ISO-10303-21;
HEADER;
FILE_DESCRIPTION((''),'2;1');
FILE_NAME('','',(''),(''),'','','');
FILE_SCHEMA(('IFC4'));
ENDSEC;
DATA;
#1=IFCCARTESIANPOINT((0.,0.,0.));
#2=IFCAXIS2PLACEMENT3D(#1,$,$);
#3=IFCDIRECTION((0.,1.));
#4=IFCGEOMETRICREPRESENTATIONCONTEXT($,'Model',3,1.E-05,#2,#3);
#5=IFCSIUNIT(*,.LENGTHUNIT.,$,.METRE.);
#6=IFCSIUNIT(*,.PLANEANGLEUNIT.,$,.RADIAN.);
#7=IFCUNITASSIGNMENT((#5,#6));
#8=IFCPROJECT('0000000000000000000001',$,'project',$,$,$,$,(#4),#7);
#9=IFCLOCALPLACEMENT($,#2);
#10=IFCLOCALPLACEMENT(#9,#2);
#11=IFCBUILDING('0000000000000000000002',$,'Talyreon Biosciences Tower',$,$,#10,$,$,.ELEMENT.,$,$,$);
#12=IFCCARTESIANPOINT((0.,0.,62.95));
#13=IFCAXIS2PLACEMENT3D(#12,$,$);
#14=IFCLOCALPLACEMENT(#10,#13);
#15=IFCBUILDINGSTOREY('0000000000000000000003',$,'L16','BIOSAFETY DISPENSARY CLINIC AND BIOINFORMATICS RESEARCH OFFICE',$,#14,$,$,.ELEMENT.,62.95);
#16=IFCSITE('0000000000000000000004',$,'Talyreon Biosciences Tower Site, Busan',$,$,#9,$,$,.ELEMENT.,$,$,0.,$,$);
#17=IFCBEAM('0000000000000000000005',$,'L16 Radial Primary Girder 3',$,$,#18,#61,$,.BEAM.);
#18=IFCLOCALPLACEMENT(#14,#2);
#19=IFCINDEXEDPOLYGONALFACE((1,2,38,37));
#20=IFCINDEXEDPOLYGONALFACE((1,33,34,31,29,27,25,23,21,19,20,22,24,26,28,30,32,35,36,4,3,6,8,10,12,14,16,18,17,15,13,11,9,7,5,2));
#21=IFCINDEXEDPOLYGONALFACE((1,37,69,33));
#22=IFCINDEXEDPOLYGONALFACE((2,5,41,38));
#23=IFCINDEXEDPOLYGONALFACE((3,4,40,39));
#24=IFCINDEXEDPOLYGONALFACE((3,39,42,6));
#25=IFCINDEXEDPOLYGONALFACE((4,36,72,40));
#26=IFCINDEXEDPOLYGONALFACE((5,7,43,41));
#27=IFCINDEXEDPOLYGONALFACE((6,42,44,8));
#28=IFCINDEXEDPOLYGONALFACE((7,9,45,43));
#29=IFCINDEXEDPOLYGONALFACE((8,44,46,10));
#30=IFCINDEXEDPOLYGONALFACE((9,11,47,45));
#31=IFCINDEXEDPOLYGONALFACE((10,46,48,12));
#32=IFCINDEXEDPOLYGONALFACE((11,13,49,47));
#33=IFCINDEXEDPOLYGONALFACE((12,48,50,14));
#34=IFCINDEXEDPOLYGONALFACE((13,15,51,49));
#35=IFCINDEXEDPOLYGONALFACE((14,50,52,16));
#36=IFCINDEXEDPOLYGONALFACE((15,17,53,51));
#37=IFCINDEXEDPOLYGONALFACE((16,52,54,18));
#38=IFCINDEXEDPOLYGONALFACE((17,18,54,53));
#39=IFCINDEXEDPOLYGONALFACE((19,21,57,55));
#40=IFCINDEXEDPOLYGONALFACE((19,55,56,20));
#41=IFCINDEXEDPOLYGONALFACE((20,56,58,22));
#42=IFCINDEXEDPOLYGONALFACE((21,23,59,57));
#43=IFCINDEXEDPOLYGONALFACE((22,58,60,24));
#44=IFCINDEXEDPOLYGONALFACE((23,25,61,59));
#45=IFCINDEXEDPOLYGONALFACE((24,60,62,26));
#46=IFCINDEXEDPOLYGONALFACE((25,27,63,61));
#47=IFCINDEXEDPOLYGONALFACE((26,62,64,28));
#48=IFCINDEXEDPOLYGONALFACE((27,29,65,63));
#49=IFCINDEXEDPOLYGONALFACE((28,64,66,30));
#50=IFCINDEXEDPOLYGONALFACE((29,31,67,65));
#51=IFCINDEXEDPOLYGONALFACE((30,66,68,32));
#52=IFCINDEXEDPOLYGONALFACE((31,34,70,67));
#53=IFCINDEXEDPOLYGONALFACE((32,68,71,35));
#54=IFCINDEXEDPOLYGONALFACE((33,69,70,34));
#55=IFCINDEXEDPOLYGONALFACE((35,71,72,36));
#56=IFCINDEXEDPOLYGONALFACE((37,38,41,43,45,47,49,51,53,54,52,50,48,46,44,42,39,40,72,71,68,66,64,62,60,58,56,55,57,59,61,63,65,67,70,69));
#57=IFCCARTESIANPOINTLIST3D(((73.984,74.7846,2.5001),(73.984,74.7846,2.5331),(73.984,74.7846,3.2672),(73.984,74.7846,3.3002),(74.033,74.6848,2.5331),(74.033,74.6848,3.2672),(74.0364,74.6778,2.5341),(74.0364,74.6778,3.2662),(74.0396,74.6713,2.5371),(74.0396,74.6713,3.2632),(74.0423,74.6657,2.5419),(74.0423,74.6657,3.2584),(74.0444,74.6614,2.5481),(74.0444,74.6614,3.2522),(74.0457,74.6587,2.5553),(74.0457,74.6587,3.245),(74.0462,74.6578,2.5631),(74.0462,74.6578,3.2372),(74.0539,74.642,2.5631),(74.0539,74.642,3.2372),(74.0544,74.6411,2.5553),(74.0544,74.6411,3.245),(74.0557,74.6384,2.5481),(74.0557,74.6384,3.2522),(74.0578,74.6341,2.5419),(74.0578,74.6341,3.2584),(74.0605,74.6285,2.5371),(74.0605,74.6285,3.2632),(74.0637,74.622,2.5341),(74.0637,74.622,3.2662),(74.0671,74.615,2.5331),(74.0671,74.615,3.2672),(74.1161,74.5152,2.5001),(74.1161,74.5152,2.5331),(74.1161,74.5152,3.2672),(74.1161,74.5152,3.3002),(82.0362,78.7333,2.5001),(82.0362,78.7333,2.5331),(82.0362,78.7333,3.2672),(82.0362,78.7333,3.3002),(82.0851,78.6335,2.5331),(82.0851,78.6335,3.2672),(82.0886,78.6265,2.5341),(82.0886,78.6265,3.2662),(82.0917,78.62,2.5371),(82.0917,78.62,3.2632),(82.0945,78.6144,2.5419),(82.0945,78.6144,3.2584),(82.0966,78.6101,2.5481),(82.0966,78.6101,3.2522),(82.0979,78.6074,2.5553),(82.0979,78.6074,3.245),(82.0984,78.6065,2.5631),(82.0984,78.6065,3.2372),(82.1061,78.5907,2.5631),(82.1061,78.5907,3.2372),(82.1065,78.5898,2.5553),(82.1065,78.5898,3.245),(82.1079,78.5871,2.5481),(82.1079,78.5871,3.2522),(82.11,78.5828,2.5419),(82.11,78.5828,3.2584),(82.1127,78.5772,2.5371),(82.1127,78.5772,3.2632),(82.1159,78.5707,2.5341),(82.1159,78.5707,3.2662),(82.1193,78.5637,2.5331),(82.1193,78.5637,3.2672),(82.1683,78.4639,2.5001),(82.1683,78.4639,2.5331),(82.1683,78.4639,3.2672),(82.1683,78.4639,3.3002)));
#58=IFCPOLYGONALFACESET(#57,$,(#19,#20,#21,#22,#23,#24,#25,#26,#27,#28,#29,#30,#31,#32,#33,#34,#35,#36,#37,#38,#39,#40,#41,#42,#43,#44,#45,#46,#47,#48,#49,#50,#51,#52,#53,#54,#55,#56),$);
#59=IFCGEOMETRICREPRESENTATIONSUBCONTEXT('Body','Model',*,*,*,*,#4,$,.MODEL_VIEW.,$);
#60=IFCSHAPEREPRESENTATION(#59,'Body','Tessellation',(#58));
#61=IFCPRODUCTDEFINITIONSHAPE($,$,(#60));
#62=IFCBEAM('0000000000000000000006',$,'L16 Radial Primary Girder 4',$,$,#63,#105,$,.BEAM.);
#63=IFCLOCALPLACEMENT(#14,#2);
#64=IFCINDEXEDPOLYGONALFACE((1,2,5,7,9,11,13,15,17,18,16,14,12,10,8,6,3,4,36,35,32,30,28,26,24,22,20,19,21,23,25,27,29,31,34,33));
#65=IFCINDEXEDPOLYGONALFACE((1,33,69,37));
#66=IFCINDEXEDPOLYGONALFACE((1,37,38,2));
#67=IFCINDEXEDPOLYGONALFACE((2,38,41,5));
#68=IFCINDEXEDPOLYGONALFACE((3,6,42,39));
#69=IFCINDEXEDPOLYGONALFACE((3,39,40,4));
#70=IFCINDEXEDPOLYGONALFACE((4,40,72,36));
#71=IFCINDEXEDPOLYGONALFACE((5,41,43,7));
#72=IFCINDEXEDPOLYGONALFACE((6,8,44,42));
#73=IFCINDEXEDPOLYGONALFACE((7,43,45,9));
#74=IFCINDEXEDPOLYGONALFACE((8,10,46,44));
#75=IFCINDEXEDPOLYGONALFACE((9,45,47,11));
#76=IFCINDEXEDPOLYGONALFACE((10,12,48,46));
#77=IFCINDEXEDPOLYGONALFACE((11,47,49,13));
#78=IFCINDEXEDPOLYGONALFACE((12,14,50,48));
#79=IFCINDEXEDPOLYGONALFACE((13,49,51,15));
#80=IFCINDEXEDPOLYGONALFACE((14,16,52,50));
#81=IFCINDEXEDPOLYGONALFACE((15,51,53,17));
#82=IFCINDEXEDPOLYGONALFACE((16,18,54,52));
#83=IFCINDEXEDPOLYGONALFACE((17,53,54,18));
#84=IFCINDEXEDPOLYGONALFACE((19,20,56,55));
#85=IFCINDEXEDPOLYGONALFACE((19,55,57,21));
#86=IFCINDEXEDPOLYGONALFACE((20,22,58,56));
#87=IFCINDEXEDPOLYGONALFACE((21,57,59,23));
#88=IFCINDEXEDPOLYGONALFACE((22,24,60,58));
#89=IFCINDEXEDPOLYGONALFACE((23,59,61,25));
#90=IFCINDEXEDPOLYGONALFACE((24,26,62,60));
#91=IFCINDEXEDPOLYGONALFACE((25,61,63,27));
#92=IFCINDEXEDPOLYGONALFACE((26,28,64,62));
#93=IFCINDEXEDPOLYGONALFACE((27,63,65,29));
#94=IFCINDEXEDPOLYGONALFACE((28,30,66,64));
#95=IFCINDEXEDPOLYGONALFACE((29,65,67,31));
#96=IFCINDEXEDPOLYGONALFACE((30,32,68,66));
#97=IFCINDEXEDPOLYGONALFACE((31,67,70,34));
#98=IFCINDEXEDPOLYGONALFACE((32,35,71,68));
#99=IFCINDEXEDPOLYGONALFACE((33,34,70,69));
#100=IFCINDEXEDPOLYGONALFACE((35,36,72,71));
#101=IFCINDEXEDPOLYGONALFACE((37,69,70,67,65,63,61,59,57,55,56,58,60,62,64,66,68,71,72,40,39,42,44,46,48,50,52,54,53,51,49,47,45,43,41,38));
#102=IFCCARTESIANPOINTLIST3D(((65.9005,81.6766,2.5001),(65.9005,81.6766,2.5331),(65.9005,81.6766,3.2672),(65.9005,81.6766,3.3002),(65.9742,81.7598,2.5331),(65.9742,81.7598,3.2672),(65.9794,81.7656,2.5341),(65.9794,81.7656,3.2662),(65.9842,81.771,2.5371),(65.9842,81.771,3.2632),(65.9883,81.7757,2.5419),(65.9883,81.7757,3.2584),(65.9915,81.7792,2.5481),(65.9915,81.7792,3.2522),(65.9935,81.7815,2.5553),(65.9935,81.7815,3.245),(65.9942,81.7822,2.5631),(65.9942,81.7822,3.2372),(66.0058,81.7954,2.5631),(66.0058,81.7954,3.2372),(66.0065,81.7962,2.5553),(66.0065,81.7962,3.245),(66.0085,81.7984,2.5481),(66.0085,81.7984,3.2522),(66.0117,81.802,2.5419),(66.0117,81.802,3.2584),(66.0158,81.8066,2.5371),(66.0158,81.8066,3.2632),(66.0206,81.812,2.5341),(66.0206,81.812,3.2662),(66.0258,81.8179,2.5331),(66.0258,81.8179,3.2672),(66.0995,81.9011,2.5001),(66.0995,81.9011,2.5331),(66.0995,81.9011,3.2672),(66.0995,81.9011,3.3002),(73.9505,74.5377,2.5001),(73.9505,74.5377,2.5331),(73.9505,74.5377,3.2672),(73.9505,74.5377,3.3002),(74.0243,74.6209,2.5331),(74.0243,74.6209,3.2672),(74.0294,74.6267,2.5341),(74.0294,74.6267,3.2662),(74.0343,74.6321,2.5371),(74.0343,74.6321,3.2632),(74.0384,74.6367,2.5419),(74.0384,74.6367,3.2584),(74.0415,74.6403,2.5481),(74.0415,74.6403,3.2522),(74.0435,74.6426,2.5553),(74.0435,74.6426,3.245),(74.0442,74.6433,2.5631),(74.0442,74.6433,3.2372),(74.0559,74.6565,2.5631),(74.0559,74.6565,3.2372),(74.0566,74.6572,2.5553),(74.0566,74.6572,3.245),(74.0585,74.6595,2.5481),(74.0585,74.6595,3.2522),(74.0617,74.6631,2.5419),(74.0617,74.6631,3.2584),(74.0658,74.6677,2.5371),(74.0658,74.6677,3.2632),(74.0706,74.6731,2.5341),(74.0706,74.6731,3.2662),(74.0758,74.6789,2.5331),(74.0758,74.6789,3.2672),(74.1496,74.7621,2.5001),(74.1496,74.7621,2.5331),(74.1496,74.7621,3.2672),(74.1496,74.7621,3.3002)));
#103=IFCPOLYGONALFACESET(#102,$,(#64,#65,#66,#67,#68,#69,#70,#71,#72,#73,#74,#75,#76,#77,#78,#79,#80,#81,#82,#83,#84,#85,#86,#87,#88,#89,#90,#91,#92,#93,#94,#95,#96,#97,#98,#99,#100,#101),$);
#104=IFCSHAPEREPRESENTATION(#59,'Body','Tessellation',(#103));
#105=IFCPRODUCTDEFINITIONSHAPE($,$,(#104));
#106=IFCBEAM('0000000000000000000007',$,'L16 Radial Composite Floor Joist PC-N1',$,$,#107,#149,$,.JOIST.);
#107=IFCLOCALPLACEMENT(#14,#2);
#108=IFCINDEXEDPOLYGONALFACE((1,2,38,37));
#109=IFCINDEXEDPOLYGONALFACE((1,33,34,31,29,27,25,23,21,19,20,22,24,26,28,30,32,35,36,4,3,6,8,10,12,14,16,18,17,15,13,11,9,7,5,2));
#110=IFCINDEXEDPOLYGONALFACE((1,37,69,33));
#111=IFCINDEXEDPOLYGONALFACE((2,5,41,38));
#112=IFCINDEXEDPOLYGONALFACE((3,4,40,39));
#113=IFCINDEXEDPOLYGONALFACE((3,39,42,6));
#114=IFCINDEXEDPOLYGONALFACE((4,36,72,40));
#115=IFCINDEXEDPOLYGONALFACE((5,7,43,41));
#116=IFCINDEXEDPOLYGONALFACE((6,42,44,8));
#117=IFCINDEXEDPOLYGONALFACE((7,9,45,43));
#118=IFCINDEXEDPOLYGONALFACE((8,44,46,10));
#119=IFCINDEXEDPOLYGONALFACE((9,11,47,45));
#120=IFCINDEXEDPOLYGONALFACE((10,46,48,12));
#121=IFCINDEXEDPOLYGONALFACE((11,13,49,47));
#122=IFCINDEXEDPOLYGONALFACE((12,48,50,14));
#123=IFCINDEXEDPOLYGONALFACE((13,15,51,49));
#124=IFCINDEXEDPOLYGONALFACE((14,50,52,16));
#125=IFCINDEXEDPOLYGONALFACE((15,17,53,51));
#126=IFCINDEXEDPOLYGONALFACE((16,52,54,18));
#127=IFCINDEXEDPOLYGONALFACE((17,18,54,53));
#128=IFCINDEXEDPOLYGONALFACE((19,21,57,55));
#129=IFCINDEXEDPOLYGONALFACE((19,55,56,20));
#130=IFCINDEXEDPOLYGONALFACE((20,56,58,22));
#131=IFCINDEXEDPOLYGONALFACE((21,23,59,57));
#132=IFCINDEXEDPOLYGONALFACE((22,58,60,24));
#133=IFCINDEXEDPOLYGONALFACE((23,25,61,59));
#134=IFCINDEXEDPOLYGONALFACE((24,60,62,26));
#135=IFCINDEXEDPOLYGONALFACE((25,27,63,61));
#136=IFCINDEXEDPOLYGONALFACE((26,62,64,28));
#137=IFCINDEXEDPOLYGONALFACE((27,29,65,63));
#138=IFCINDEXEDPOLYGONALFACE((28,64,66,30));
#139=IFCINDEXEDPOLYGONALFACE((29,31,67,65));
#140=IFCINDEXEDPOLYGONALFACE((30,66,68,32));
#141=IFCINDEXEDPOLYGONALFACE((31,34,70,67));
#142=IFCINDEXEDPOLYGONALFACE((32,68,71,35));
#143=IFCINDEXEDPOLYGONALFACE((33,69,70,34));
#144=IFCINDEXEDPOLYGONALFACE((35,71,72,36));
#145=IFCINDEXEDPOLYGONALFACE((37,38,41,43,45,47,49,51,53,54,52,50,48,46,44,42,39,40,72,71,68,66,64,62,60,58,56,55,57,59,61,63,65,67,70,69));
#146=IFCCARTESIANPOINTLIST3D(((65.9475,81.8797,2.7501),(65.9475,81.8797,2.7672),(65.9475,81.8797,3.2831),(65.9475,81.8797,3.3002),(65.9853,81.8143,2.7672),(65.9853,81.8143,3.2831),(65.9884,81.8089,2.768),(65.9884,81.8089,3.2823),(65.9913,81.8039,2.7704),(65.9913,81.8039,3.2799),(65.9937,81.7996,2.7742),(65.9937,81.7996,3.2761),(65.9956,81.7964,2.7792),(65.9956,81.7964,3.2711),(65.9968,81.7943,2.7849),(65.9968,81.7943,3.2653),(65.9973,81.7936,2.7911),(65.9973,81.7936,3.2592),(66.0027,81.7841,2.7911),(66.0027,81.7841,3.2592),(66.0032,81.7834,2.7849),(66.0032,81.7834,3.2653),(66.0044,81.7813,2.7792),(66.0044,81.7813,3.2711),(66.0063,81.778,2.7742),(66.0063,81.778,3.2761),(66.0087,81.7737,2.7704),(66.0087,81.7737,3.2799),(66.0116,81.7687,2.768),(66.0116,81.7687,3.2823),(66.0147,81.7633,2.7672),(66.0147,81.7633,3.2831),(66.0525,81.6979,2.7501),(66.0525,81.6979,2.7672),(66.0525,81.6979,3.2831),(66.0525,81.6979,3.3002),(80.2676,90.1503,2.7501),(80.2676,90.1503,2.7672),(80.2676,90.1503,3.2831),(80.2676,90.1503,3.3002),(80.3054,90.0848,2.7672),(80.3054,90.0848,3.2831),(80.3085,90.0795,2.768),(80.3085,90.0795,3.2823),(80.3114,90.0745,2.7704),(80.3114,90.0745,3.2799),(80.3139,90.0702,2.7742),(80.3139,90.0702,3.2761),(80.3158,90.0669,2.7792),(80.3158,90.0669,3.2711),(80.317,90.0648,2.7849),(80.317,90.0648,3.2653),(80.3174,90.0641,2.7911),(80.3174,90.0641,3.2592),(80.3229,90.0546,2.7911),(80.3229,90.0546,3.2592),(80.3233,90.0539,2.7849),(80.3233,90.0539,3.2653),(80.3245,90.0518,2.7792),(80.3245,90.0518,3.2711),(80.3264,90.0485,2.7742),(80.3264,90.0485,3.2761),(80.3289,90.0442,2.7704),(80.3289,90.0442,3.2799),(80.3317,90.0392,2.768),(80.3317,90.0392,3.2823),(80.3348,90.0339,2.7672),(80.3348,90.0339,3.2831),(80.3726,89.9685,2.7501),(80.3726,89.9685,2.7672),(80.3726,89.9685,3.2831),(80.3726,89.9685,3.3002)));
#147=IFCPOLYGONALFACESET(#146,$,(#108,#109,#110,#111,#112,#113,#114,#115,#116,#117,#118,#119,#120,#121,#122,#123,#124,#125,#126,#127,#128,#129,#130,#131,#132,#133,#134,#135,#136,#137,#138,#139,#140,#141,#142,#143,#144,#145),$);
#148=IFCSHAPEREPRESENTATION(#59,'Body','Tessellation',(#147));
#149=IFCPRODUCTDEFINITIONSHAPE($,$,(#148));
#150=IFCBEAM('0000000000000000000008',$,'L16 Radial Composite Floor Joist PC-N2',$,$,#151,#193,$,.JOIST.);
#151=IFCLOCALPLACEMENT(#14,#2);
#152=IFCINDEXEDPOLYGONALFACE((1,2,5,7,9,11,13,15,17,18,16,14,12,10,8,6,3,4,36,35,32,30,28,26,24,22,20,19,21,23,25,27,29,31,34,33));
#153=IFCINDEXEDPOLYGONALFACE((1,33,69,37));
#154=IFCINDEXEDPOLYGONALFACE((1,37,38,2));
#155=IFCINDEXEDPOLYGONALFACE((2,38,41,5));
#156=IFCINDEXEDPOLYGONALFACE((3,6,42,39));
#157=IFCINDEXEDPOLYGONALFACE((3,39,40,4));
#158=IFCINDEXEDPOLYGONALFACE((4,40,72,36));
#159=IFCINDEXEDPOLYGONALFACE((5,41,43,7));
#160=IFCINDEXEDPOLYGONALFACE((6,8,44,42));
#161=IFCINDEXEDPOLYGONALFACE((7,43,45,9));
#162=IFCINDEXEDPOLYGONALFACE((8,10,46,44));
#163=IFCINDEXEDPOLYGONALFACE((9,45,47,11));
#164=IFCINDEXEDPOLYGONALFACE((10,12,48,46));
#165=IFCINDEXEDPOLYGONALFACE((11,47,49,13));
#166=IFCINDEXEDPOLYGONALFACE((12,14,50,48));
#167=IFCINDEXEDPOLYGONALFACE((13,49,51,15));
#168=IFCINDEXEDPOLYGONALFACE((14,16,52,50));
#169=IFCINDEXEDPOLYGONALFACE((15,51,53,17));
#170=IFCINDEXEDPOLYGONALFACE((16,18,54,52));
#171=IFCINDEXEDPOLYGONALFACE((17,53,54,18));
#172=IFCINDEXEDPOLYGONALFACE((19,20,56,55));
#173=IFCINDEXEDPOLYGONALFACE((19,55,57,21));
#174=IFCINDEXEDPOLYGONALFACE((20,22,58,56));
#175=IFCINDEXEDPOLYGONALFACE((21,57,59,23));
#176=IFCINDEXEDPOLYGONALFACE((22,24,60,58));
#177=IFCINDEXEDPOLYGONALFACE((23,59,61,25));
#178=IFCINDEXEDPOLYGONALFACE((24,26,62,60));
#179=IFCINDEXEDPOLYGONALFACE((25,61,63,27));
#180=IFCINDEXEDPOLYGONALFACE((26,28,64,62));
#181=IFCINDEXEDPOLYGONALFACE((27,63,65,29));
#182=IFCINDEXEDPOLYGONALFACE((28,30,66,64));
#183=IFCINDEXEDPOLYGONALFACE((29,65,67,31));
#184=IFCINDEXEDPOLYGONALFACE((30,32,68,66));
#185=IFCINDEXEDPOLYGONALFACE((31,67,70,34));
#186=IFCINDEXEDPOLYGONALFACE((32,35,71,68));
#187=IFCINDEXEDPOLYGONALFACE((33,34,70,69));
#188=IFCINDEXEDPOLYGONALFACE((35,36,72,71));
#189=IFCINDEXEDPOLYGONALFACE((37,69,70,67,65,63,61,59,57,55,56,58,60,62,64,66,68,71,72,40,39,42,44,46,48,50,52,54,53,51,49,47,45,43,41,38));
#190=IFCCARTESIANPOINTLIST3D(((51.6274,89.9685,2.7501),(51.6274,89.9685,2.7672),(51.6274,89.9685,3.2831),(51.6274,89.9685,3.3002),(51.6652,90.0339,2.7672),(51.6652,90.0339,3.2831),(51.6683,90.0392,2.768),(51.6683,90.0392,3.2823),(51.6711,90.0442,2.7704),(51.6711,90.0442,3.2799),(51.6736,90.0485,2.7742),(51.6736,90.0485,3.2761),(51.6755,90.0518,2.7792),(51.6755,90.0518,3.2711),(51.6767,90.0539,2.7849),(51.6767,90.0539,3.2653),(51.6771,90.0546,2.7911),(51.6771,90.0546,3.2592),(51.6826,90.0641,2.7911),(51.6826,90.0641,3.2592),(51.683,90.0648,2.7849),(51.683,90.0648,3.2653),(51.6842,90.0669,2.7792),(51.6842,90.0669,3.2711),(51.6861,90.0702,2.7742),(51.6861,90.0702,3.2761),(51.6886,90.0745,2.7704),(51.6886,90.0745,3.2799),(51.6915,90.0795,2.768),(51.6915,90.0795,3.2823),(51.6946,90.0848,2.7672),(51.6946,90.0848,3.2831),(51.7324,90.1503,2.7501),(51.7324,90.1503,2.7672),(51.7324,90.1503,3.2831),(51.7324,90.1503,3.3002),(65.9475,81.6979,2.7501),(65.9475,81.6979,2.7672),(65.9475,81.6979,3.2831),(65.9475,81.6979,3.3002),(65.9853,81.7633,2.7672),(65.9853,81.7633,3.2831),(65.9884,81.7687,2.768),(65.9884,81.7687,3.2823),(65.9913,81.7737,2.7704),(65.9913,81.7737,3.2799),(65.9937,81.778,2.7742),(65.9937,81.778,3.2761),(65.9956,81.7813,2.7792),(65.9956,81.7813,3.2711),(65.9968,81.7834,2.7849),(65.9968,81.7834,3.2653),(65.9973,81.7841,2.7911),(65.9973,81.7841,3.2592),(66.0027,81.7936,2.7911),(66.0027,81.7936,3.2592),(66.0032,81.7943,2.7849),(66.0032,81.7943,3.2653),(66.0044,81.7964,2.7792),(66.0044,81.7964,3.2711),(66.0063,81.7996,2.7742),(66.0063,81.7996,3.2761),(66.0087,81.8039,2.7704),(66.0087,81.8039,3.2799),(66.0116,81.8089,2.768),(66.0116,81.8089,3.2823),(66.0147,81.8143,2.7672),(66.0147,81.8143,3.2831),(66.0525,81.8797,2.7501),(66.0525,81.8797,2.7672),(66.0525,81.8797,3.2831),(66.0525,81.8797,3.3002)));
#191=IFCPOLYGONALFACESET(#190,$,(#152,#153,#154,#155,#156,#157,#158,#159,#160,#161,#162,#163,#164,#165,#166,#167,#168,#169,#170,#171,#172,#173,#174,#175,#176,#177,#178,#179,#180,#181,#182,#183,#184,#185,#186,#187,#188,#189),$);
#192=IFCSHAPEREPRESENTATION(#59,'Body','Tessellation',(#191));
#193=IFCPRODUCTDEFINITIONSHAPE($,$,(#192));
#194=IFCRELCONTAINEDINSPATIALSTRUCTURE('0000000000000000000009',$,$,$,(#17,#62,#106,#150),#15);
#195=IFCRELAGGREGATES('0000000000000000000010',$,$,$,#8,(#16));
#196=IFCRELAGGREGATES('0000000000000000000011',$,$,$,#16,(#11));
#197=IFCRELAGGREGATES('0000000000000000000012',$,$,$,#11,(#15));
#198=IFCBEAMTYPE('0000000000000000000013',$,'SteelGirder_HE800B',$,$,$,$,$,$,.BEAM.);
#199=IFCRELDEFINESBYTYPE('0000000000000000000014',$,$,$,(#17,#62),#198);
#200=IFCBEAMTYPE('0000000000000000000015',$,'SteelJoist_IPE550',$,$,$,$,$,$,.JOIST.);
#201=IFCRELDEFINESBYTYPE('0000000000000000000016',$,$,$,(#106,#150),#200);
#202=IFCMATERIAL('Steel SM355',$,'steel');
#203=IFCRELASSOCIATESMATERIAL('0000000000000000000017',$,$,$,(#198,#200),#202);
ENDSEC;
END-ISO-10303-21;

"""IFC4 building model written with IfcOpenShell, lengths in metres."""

from ifc_helpers import new_model, si_unit, direction, frame, origin, origin_2d, place, context, subcontext, project, spatial, i_section, extrude, material, material_profile, profile_set, type_object, element, save


model = new_model("IFC4")

# Units and contexts
model_context = context("Model", 3, precision=1e-05, world=origin(), true_north=direction((0.0, 1.0)))
body_context = subcontext(model_context, "Body", "Model", "MODEL_VIEW")
ifc_project = project(units=[si_unit("LENGTHUNIT", "METRE"), si_unit("PLANEANGLEUNIT", "RADIAN")], contexts=[model_context])

# Site, building, storey
site_placement = place(None, origin())
site = spatial("IfcSite", under=ifc_project, at=site_placement, Name="Talyreon Biosciences Tower Site, Busan", CompositionType="ELEMENT", RefElevation=0.0)
building_placement = place(site_placement, origin())
building = spatial("IfcBuilding", under=site, at=building_placement, Name="Talyreon Biosciences Tower", CompositionType="ELEMENT")
storey_placement = place(building_placement, frame((0.0, 0.0, 62.95)))
storey = spatial("IfcBuildingStorey", under=building, at=storey_placement, Name="L16", Description="BIOSAFETY DISPENSARY CLINIC AND BIOINFORMATICS RESEARCH OFFICE", CompositionType="ELEMENT", Elevation=62.95)

# Beams
ifc_material_1 = material(Name="Steel SM355", Category="steel")
ifc_material_profile_1 = material_profile(ifc_material_1, i_section(OverallWidth=0.3, OverallDepth=0.8, WebThickness=0.0176, FlangeThickness=0.033, FilletRadius=0.03, at=origin_2d()), Name="HE800B")
ifc_profile_set_1 = profile_set([ifc_material_profile_1], Name="Steel SM355")
beam_type_1 = type_object("IfcBeamType", Name="SteelGirder_HE800B", PredefinedType="BEAM", material=ifc_profile_set_1)
beam_1_placement = place(storey_placement, frame((74.05, 74.6499, 2.9001), z_axis=(0.897852, 0.440297, 0.0), x_axis=(-0.440297, 0.897852, 0.0)))
element("IfcBeam", 1, at=beam_1_placement, inside=storey, type_object=beam_type_1, Name="L16 Radial Primary Girder 3", PredefinedType="BEAM", context=body_context, shape_type="SweptSolid", body=[
    extrude(i_section(OverallWidth=0.3, OverallDepth=0.8, WebThickness=0.0176, FlangeThickness=0.033, FilletRadius=0.03, at=origin_2d()), origin(), (0.0, 0.0, 1.0), 8.9683),
])
beam_2_placement = place(storey_placement, frame((74.05, 74.6499, 2.9001), z_axis=(-0.748179, 0.663497, 0.0), x_axis=(-0.663497, -0.748179, 0.0)))
element("IfcBeam", 2, at=beam_2_placement, inside=storey, type_object=beam_type_1, Name="L16 Radial Primary Girder 4", PredefinedType="BEAM", context=body_context, shape_type="SweptSolid", body=[
    extrude(i_section(OverallWidth=0.3, OverallDepth=0.8, WebThickness=0.0176, FlangeThickness=0.033, FilletRadius=0.03, at=origin_2d()), origin(), (0.0, 0.0, 1.0), 10.7595),
])
ifc_material_profile_2 = material_profile(ifc_material_1, i_section(OverallWidth=0.21, OverallDepth=0.55, WebThickness=0.011, FlangeThickness=0.0171, FilletRadius=0.0239, at=origin_2d()), Name="IPE550")
ifc_profile_set_2 = profile_set([ifc_material_profile_2], Name="Steel SM355")
beam_type_2 = type_object("IfcBeamType", Name="SteelJoist_IPE550", PredefinedType="JOIST", material=ifc_profile_set_2)
for number, where, z_axis, x_axis, name in (
    (3, (66.0, 81.7888, 3.0251), (0.865952, 0.500128, 0.0), (-0.500128, 0.865952, 0.0), "L16 Radial Composite Floor Joist PC-N1"),
    (4, (66.0, 81.7888, 3.0251), (-0.865952, 0.500128, 0.0), (-0.500128, -0.865952, 0.0), "L16 Radial Composite Floor Joist PC-N2"),
):
    element("IfcBeam", number, at=place(storey_placement, frame(where, z_axis=z_axis, x_axis=x_axis)), inside=storey, type_object=beam_type_2, Name=name, PredefinedType="JOIST", context=body_context, shape_type="SweptSolid", body=[
        extrude(i_section(OverallWidth=0.21, OverallDepth=0.55, WebThickness=0.011, FlangeThickness=0.0171, FilletRadius=0.0239, at=origin_2d()), origin(), (0.0, 0.0, 1.0), 16.5369),
    ])

save(model, "model.ifc")
